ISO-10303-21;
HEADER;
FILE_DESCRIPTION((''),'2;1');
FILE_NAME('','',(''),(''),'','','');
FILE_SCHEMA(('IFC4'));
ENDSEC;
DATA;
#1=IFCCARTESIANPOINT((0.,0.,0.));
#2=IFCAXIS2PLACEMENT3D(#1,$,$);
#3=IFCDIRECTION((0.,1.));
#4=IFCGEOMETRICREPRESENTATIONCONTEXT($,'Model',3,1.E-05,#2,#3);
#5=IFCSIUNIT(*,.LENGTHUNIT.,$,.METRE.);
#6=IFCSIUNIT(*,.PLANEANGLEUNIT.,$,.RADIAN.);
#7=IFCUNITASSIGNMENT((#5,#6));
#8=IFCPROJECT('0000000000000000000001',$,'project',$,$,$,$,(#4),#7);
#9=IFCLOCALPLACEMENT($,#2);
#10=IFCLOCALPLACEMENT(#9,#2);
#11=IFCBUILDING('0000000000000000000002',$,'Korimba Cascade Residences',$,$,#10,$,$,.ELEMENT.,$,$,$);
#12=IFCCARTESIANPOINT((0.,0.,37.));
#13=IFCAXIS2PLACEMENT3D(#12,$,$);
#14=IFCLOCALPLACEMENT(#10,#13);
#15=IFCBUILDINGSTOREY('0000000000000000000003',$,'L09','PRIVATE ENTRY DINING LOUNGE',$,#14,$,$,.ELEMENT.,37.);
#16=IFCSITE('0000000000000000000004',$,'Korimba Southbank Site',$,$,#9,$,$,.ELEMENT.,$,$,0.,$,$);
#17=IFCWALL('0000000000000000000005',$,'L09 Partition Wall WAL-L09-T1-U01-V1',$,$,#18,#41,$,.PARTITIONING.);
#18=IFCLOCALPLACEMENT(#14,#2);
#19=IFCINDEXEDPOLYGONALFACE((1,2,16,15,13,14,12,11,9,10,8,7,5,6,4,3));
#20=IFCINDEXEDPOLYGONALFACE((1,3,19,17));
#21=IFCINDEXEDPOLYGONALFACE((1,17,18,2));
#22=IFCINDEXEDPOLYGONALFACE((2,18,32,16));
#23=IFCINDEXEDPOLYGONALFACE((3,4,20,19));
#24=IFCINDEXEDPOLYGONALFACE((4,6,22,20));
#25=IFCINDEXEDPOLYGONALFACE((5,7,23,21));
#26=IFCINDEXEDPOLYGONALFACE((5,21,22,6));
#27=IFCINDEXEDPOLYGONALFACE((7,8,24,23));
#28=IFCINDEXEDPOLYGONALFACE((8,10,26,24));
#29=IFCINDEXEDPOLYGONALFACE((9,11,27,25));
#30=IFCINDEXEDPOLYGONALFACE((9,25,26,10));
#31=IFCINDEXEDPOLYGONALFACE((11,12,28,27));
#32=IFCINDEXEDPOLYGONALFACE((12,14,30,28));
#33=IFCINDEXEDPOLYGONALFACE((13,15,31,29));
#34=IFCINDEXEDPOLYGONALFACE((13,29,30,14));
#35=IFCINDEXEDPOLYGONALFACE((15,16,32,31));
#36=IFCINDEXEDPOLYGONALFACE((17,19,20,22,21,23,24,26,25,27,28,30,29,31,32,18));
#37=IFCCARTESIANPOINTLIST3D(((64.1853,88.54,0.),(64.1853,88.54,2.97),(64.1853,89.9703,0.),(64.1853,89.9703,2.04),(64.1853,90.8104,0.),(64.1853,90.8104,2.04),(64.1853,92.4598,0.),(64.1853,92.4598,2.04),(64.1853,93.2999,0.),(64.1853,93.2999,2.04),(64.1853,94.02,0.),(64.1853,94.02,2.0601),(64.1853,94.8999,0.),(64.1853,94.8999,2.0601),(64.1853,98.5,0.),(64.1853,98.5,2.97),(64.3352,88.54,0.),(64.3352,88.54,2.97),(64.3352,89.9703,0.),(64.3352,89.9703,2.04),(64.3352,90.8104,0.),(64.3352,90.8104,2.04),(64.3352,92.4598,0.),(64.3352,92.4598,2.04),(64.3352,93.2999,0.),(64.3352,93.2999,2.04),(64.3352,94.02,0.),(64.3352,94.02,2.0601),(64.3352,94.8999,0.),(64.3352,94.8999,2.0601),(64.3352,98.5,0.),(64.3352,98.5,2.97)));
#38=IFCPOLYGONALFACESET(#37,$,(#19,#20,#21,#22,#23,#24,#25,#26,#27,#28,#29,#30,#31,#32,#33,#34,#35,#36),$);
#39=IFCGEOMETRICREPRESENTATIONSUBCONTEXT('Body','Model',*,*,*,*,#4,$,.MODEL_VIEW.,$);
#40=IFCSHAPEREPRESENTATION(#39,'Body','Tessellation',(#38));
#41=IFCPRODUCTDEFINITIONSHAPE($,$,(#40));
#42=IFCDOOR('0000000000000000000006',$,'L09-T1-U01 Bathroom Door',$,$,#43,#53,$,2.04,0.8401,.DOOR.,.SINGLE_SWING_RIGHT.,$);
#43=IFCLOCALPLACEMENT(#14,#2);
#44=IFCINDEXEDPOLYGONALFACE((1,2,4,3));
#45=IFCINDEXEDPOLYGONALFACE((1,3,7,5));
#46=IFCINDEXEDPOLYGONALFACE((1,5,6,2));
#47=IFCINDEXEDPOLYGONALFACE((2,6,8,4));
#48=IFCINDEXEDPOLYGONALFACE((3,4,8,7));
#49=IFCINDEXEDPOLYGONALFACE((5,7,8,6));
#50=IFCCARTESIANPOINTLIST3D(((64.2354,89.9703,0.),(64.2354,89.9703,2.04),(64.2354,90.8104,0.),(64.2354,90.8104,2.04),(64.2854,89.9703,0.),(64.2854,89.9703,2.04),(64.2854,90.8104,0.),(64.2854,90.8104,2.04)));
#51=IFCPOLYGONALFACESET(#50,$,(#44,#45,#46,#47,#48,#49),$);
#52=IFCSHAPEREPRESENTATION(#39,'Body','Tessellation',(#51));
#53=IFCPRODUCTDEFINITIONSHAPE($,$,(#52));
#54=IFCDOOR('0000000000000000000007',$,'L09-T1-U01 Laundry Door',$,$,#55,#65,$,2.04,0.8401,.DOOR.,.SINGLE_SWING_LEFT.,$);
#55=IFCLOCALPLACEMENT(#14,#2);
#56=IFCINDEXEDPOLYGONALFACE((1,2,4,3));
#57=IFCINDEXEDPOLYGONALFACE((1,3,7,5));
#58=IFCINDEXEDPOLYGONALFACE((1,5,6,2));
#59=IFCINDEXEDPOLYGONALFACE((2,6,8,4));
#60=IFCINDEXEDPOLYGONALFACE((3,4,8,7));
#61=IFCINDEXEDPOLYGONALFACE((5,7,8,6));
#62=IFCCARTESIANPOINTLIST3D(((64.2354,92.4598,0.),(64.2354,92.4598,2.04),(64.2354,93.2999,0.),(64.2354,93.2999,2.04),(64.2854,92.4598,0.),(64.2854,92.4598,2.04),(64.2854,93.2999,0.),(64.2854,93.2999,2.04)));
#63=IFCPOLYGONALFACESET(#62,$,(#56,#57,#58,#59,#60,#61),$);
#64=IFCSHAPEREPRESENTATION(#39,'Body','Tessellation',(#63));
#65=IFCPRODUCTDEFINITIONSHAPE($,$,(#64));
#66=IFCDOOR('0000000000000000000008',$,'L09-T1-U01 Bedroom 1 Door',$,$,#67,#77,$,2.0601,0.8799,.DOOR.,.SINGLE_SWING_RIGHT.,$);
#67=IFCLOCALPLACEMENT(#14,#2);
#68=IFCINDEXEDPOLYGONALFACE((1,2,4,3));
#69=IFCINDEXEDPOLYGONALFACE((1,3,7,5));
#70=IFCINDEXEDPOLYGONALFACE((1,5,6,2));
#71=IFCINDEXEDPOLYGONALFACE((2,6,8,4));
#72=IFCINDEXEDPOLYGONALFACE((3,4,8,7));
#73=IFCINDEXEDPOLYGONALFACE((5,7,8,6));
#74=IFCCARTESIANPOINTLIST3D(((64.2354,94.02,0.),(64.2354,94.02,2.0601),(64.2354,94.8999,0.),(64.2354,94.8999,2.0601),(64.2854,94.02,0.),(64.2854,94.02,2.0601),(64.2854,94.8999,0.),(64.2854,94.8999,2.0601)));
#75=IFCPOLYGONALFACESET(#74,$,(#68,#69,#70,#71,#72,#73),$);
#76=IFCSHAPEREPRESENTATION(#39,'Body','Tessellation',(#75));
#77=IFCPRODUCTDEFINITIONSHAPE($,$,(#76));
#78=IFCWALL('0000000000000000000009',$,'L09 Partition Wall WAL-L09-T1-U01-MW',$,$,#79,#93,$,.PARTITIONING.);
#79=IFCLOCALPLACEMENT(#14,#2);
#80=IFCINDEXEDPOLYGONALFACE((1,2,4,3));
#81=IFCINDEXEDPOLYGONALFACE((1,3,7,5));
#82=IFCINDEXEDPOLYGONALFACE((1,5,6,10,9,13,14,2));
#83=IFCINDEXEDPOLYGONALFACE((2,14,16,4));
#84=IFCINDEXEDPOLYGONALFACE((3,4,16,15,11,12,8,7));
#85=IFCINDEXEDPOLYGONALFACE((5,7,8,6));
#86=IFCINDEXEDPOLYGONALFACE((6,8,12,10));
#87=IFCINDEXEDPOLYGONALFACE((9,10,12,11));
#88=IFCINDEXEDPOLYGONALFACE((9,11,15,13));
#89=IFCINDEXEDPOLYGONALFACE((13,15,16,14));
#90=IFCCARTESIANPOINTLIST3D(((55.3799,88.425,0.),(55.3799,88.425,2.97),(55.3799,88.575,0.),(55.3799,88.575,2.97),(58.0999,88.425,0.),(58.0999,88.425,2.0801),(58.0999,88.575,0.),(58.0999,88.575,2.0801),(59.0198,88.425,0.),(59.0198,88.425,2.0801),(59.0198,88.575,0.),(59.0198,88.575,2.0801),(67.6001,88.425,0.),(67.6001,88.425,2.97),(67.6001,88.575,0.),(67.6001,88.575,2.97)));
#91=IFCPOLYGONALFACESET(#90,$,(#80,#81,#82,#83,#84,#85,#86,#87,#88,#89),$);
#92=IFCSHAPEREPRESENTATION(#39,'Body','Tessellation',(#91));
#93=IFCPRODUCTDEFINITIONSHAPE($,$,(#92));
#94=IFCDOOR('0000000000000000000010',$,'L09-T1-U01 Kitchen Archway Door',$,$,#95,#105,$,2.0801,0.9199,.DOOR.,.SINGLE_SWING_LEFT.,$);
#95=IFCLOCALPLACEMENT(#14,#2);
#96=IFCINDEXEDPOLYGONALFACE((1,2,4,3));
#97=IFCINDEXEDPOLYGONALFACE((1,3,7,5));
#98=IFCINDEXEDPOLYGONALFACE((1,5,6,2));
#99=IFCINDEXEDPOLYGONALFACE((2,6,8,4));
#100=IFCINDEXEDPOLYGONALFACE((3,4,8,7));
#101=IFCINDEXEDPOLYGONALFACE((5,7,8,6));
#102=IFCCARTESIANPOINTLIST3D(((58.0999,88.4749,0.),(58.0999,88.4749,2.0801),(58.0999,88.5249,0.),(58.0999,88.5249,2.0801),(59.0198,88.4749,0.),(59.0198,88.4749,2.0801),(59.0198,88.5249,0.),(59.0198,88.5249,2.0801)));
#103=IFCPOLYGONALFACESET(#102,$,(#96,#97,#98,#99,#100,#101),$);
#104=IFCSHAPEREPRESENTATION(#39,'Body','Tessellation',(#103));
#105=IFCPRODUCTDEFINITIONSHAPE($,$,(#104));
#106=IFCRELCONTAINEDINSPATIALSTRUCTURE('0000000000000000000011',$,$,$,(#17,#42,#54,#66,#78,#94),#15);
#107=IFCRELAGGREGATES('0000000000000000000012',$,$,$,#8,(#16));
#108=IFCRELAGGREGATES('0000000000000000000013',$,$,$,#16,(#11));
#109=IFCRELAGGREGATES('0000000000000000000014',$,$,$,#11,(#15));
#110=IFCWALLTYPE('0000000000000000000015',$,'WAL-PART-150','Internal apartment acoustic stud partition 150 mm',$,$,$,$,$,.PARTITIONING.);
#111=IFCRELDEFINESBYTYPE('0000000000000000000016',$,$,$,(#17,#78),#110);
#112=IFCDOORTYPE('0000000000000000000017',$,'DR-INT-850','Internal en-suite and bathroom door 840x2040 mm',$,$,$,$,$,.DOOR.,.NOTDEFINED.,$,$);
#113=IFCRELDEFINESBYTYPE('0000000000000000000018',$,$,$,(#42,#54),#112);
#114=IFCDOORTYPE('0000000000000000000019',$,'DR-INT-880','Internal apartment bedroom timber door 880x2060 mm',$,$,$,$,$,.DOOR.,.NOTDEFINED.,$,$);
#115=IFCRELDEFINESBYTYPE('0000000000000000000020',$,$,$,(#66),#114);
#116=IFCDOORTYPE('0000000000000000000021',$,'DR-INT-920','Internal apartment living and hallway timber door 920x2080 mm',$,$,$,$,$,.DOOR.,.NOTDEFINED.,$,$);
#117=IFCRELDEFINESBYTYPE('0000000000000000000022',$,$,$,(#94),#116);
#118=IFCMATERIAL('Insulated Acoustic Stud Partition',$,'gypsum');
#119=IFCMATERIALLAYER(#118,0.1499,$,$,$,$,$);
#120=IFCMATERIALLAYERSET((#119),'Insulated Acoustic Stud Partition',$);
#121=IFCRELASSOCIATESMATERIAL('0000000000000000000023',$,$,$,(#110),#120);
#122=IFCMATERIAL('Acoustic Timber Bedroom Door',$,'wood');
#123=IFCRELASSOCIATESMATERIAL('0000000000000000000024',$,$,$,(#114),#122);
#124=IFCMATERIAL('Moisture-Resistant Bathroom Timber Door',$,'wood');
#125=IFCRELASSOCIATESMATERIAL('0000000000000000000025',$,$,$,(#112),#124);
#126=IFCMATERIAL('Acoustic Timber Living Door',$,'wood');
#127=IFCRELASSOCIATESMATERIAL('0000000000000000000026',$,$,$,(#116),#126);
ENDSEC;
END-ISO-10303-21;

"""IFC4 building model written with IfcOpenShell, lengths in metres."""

from ifc_helpers import new_model, si_unit, direction, frame, frame_2d, origin, place, context, subcontext, project, spatial, rectangle, extrude, material, layer, layer_set, type_object, element, fill, save


model = new_model("IFC4")

# Units and contexts
model_context = context("Model", 3, precision=1e-05, world=origin(), true_north=direction((0.0, 1.0)))
body_context = subcontext(model_context, "Body", "Model", "MODEL_VIEW")
ifc_project = project(units=[si_unit("LENGTHUNIT", "METRE"), si_unit("PLANEANGLEUNIT", "RADIAN")], contexts=[model_context])

# Site, building, storey
site_placement = place(None, origin())
site = spatial("IfcSite", under=ifc_project, at=site_placement, Name="Korimba Southbank Site", CompositionType="ELEMENT", RefElevation=0.0)
building_placement = place(site_placement, origin())
building = spatial("IfcBuilding", under=site, at=building_placement, Name="Korimba Cascade Residences", CompositionType="ELEMENT")
storey_placement = place(building_placement, frame((0.0, 0.0, 37.0)))
storey = spatial("IfcBuildingStorey", under=building, at=storey_placement, Name="L09", Description="PRIVATE ENTRY DINING LOUNGE", CompositionType="ELEMENT", Elevation=37.0)

# Shared definitions
ifc_material_1 = material(Name="Insulated Acoustic Stud Partition", Category="gypsum")
ifc_layer_1 = layer(ifc_material_1, 0.1499)
ifc_layer_set_1 = layer_set([ifc_layer_1], Name="Insulated Acoustic Stud Partition")
wall_type_1 = type_object("IfcWallType", Name="WAL-PART-150", Description="Internal apartment acoustic stud partition 150 mm", PredefinedType="PARTITIONING", material=ifc_layer_set_1)
ifc_material_2 = material(Name="Acoustic Timber Bedroom Door", Category="wood")
door_type_1 = type_object("IfcDoorType", Name="DR-INT-880", Description="Internal apartment bedroom timber door 880x2060 mm", OperationType="NOTDEFINED", PredefinedType="DOOR", material=ifc_material_2)

# Wall, openings, doors
wall_1_placement = place(storey_placement, frame((64.2603, 88.54, 0.0), z_axis=(0.0, 0.0, 1.0), x_axis=(0.0, 1.0, 0.0)))
wall_1 = element("IfcWall", 1, at=wall_1_placement, inside=storey, type_object=wall_type_1, Name="L09 Partition Wall WAL-L09-T1-U01-V1", PredefinedType="PARTITIONING", context=body_context, shape_type="SweptSolid", body=[
    extrude(rectangle(XDim=9.96, YDim=0.1499, at=frame_2d((4.98, 0.0))), origin(), (0.0, 0.0, 1.0), 2.97),
])
opening_1_placement = place(wall_1_placement, frame((1.4304, 0.0, 0.0)))
opening_1 = element("IfcOpeningElement", 2, at=opening_1_placement, cuts=wall_1, PredefinedType="OPENING", context=body_context, shape_type="SweptSolid", body=[
    extrude(rectangle(XDim=0.8401, YDim=2.04, at=frame_2d((0.4199, 1.02))), frame((0.0, 0.085, 0.0), z_axis=(0.0, -1.0, 0.0), x_axis=(1.0, 0.0, 0.0)), (0.0, 0.0, 1.0), 0.1699),
])
opening_2_placement = place(wall_1_placement, frame((3.9199, 0.0, 0.0)))
opening_2 = element("IfcOpeningElement", 3, at=opening_2_placement, cuts=wall_1, PredefinedType="OPENING", context=body_context, shape_type="SweptSolid", body=[
    extrude(rectangle(XDim=0.8401, YDim=2.04, at=frame_2d((0.4199, 1.02))), frame((0.0, 0.085, 0.0), z_axis=(0.0, -1.0, 0.0), x_axis=(1.0, 0.0, 0.0)), (0.0, 0.0, 1.0), 0.1699),
])
opening_3_placement = place(wall_1_placement, frame((5.48, 0.0, 0.0)))
opening_3 = element("IfcOpeningElement", 4, at=opening_3_placement, cuts=wall_1, PredefinedType="OPENING", context=body_context, shape_type="SweptSolid", body=[
    extrude(rectangle(XDim=0.8799, YDim=2.0601, at=frame_2d((0.4399, 1.03))), frame((0.0, 0.085, 0.0), z_axis=(0.0, -1.0, 0.0), x_axis=(1.0, 0.0, 0.0)), (0.0, 0.0, 1.0), 0.1699),
])
ifc_material_3 = material(Name="Moisture-Resistant Bathroom Timber Door", Category="wood")
door_type_2 = type_object("IfcDoorType", Name="DR-INT-850", Description="Internal en-suite and bathroom door 840x2040 mm", OperationType="NOTDEFINED", PredefinedType="DOOR", material=ifc_material_3)
door_1_placement = place(opening_1_placement, origin())
door_1 = element("IfcDoor", 5, at=door_1_placement, inside=storey, type_object=door_type_2, Name="L09-T1-U01 Bathroom Door", OperationType="SINGLE_SWING_RIGHT", OverallHeight=2.04, OverallWidth=0.8401, PredefinedType="DOOR", context=body_context, shape_type="SweptSolid", body=[
    extrude(rectangle(XDim=0.8401, YDim=2.04, at=frame_2d((0.4199, 1.02))), frame((0.0, 0.0249, 0.0), z_axis=(0.0, -1.0, 0.0), x_axis=(1.0, 0.0, 0.0)), (0.0, 0.0, 1.0), 0.05),
])
fill(opening_1, door_1)
door_2_placement = place(opening_2_placement, origin())
door_2 = element("IfcDoor", 6, at=door_2_placement, inside=storey, type_object=door_type_2, Name="L09-T1-U01 Laundry Door", OperationType="SINGLE_SWING_LEFT", OverallHeight=2.04, OverallWidth=0.8401, PredefinedType="DOOR", context=body_context, shape_type="SweptSolid", body=[
    extrude(rectangle(XDim=0.8401, YDim=2.04, at=frame_2d((0.4199, 1.02))), frame((0.0, 0.0249, 0.0), z_axis=(0.0, -1.0, 0.0), x_axis=(1.0, 0.0, 0.0)), (0.0, 0.0, 1.0), 0.05),
])
fill(opening_2, door_2)
door_3_placement = place(opening_3_placement, origin())
door_3 = element("IfcDoor", 7, at=door_3_placement, inside=storey, type_object=door_type_1, Name="L09-T1-U01 Bedroom 1 Door", OperationType="SINGLE_SWING_RIGHT", OverallHeight=2.0601, OverallWidth=0.8799, PredefinedType="DOOR", context=body_context, shape_type="SweptSolid", body=[
    extrude(rectangle(XDim=0.8799, YDim=2.0601, at=frame_2d((0.4399, 1.03))), frame((0.0, 0.0249, 0.0), z_axis=(0.0, -1.0, 0.0), x_axis=(1.0, 0.0, 0.0)), (0.0, 0.0, 1.0), 0.05),
])
fill(opening_3, door_3)

# Wall, opening, door
wall_2_placement = place(storey_placement, frame((55.3799, 88.5, 0.0), z_axis=(0.0, 0.0, 1.0), x_axis=(1.0, 0.0, 0.0)))
wall_2 = element("IfcWall", 8, at=wall_2_placement, inside=storey, type_object=wall_type_1, Name="L09 Partition Wall WAL-L09-T1-U01-MW", PredefinedType="PARTITIONING", context=body_context, shape_type="SweptSolid", body=[
    extrude(rectangle(XDim=12.2202, YDim=0.1499, at=frame_2d((6.1101, 0.0))), origin(), (0.0, 0.0, 1.0), 2.97),
])
opening_4_placement = place(wall_2_placement, frame((2.72, 0.0, 0.0)))
opening_4 = element("IfcOpeningElement", 9, at=opening_4_placement, cuts=wall_2, PredefinedType="OPENING", context=body_context, shape_type="SweptSolid", body=[
    extrude(rectangle(XDim=0.9199, YDim=2.0801, at=frame_2d((0.46, 1.04))), frame((0.0, 0.085, 0.0), z_axis=(0.0, -1.0, 0.0), x_axis=(1.0, 0.0, 0.0)), (0.0, 0.0, 1.0), 0.1699),
])
ifc_material_4 = material(Name="Acoustic Timber Living Door", Category="wood")
door_type_3 = type_object("IfcDoorType", Name="DR-INT-920", Description="Internal apartment living and hallway timber door 920x2080 mm", OperationType="NOTDEFINED", PredefinedType="DOOR", material=ifc_material_4)
door_4_placement = place(opening_4_placement, origin())
door_4 = element("IfcDoor", 10, at=door_4_placement, inside=storey, type_object=door_type_3, Name="L09-T1-U01 Kitchen Archway Door", OperationType="SINGLE_SWING_LEFT", OverallHeight=2.0801, OverallWidth=0.9199, PredefinedType="DOOR", context=body_context, shape_type="SweptSolid", body=[
    extrude(rectangle(XDim=0.9199, YDim=2.0801, at=frame_2d((0.46, 1.04))), frame((0.0, 0.0249, 0.0), z_axis=(0.0, -1.0, 0.0), x_axis=(1.0, 0.0, 0.0)), (0.0, 0.0, 1.0), 0.05),
])
fill(opening_4, door_4)

save(model, "model.ifc")
